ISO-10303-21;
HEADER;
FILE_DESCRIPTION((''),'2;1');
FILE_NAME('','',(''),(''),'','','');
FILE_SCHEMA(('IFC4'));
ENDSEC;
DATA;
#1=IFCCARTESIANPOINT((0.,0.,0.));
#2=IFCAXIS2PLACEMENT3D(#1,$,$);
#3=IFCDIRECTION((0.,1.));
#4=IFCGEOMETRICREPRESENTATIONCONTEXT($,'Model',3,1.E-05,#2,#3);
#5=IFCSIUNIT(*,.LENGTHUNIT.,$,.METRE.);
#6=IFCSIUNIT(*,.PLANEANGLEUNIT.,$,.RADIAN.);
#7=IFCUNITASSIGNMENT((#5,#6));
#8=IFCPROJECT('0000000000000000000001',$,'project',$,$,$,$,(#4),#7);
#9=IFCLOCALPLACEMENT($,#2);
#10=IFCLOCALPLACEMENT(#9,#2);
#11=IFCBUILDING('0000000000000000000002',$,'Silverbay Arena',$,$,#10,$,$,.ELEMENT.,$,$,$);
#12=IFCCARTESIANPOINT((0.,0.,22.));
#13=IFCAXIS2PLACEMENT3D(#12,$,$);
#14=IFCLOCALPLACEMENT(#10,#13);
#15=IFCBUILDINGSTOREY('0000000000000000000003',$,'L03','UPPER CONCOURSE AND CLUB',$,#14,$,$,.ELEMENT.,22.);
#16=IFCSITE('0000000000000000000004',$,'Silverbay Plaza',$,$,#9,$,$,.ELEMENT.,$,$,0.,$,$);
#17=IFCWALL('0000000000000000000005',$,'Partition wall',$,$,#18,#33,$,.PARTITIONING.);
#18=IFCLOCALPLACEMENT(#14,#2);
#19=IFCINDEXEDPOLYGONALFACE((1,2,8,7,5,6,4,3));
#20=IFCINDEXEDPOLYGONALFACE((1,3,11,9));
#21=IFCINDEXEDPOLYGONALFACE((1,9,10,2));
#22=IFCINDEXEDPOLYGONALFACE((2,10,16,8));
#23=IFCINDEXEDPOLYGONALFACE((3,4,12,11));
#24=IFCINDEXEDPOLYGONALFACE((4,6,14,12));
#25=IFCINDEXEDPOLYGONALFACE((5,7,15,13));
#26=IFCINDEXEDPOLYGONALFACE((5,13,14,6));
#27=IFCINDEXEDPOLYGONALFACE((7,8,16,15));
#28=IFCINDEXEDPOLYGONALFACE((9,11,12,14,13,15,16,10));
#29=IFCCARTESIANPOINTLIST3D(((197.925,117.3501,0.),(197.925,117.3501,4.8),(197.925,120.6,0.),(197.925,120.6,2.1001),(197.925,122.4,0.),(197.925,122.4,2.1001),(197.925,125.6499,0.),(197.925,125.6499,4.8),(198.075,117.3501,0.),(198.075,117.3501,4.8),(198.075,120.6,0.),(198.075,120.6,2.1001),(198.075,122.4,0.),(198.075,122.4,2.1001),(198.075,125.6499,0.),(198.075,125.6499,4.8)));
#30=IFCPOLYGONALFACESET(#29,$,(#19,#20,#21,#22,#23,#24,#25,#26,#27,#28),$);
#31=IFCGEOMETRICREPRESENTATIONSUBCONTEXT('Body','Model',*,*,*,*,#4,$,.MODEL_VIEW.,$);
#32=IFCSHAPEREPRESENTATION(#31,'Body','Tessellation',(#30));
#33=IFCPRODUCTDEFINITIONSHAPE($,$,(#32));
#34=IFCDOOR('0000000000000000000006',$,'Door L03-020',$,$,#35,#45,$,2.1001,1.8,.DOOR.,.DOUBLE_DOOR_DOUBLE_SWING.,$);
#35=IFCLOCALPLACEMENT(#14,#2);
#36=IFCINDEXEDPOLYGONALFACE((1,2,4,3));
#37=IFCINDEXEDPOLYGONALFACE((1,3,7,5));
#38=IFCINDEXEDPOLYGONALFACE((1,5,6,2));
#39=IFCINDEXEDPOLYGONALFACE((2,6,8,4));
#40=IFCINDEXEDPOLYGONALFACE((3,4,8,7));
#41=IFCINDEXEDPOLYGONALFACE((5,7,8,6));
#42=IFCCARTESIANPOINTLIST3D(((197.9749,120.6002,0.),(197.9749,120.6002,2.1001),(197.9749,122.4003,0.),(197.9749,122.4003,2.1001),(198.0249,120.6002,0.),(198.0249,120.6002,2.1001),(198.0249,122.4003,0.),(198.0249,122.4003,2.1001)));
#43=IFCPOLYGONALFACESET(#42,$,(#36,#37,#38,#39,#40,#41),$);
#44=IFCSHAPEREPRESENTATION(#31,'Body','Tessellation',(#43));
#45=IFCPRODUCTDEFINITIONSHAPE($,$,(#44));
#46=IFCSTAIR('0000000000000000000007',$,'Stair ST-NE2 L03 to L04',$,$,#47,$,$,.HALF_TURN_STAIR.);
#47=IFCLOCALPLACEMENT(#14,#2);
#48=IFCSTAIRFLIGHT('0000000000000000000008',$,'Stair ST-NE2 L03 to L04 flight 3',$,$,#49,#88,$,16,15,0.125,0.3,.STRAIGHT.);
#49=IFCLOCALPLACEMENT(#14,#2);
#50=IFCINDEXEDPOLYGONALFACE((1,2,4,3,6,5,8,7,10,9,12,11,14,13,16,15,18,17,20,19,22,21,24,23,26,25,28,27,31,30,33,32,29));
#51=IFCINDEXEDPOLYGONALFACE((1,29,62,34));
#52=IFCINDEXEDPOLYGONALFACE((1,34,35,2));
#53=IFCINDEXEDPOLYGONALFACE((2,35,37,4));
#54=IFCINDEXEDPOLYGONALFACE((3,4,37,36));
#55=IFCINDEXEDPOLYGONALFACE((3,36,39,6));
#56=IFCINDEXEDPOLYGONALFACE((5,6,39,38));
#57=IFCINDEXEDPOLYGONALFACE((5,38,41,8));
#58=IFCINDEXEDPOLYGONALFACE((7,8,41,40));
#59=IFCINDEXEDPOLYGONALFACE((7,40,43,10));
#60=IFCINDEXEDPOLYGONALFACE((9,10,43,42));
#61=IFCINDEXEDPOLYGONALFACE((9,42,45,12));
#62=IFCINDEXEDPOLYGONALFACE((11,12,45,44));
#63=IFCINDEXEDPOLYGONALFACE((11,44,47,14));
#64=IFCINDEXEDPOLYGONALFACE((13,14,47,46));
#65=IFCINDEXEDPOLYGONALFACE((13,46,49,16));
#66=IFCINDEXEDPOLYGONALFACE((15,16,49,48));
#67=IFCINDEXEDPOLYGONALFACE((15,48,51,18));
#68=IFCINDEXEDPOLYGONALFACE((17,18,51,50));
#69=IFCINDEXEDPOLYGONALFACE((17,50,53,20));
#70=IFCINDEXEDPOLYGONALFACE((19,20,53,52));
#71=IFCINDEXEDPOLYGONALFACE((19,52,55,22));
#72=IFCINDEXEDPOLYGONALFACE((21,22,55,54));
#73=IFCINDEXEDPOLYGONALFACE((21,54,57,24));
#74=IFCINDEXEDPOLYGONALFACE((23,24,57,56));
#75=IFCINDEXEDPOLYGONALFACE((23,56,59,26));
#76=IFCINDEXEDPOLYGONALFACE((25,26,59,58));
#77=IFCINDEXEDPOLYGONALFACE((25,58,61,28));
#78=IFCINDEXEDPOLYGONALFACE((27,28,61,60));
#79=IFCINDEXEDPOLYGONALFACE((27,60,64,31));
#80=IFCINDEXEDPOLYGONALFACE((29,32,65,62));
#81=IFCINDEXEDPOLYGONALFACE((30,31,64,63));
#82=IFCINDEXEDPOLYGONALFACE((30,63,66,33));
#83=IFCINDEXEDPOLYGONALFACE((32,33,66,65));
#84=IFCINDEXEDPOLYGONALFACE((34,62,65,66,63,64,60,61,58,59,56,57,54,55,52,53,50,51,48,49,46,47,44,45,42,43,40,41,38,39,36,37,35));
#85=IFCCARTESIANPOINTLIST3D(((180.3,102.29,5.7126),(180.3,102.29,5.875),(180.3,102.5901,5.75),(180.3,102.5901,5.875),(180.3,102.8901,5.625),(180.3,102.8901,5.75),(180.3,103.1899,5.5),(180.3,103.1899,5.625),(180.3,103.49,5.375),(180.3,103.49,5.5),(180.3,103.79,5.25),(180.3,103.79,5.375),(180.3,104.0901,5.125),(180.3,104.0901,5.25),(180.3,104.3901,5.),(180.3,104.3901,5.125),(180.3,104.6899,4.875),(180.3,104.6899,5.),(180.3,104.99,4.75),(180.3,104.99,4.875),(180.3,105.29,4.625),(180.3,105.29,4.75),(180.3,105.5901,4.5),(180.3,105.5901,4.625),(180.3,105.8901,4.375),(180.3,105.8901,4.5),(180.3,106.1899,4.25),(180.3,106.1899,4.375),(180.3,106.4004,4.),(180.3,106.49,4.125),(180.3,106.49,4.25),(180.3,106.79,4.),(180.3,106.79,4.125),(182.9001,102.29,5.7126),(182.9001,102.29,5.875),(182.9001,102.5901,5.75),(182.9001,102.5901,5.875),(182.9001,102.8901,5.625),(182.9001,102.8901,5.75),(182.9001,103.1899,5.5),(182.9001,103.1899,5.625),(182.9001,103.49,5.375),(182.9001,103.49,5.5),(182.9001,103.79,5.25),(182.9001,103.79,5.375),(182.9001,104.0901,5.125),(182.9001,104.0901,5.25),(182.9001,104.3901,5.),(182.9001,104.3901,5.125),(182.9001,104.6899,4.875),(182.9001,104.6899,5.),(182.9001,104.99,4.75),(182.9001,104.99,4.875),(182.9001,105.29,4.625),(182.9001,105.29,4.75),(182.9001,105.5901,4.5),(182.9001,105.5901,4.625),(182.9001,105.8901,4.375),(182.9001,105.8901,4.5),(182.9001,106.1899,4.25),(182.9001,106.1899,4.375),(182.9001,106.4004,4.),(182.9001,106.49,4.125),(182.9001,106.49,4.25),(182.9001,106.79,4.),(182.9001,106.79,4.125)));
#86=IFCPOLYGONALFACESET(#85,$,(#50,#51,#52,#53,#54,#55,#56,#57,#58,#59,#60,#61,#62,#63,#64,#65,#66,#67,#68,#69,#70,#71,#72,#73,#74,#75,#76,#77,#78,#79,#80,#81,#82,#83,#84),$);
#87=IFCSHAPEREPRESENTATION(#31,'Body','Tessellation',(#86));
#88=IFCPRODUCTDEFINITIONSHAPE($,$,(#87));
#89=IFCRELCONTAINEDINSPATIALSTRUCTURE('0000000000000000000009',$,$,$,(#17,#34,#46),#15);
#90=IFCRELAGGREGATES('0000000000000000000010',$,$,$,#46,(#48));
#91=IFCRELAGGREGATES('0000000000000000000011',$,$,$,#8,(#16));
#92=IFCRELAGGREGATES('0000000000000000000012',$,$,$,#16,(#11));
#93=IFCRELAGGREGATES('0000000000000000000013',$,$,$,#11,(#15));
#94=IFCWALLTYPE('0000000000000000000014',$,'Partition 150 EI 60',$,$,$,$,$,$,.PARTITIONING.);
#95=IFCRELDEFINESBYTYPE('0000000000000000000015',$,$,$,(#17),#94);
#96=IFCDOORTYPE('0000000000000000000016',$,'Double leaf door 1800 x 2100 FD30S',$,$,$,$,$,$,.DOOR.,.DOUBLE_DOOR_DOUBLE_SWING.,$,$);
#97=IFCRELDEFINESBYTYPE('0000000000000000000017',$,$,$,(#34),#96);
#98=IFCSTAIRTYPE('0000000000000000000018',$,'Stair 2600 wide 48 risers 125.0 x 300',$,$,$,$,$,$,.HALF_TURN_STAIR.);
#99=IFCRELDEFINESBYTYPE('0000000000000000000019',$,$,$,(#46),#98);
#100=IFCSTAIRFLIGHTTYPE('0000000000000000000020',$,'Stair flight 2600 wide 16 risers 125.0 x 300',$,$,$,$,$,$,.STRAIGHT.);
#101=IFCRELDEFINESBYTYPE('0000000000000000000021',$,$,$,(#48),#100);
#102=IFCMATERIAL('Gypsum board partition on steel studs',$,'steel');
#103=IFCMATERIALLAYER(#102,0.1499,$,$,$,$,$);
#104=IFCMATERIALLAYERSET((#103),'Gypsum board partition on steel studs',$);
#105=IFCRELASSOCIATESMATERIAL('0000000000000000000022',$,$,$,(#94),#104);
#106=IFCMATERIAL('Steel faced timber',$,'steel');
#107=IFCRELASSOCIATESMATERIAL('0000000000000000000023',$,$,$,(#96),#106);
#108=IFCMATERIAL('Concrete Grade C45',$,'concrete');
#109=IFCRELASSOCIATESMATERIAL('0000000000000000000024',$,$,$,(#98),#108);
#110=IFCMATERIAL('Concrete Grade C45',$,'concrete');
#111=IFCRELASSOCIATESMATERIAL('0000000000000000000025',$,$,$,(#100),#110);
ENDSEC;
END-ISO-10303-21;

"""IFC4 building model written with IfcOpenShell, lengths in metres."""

from ifc_helpers import new_model, si_unit, direction, frame, frame_2d, origin, place, context, subcontext, project, spatial, polyline, rectangle, outline, extrude, material, layer, layer_set, type_object, element, fill, aggregate, save


model = new_model("IFC4")

# Units and contexts
model_context = context("Model", 3, precision=1e-05, world=origin(), true_north=direction((0.0, 1.0)))
body_context = subcontext(model_context, "Body", "Model", "MODEL_VIEW")
ifc_project = project(units=[si_unit("LENGTHUNIT", "METRE"), si_unit("PLANEANGLEUNIT", "RADIAN")], contexts=[model_context])

# Site, building, storey
site_placement = place(None, origin())
site = spatial("IfcSite", under=ifc_project, at=site_placement, Name="Silverbay Plaza", CompositionType="ELEMENT", RefElevation=0.0)
building_placement = place(site_placement, origin())
building = spatial("IfcBuilding", under=site, at=building_placement, Name="Silverbay Arena", CompositionType="ELEMENT")
storey_placement = place(building_placement, frame((0.0, 0.0, 22.0)))
storey = spatial("IfcBuildingStorey", under=building, at=storey_placement, Name="L03", Description="UPPER CONCOURSE AND CLUB", CompositionType="ELEMENT", Elevation=22.0)

# Wall, opening, door
ifc_material_1 = material(Name="Gypsum board partition on steel studs", Category="steel")
ifc_layer_1 = layer(ifc_material_1, 0.1499)
ifc_layer_set_1 = layer_set([ifc_layer_1], Name="Gypsum board partition on steel studs")
wall_type_1 = type_object("IfcWallType", Name="Partition 150 EI 60", PredefinedType="PARTITIONING", material=ifc_layer_set_1)
ifc_material_2 = material(Name="Steel faced timber", Category="steel")
door_type_1 = type_object("IfcDoorType", Name="Double leaf door 1800 x 2100 FD30S", OperationType="DOUBLE_DOOR_DOUBLE_SWING", PredefinedType="DOOR", material=ifc_material_2)
wall_1_placement = place(storey_placement, frame((198.0, 117.3501, 0.0), z_axis=(0.0, 0.0, 1.0), x_axis=(0.0, 1.0, 0.0)))
wall_1 = element("IfcWall", 1, at=wall_1_placement, inside=storey, type_object=wall_type_1, Name="Partition wall", PredefinedType="PARTITIONING", context=body_context, shape_type="SweptSolid", body=[
    extrude(rectangle(XDim=8.2998, YDim=0.1499, at=frame_2d((4.1499, 0.0))), origin(), (0.0, 0.0, 1.0), 4.8),
])
opening_1_placement = place(wall_1_placement, frame((3.25, 0.0, 0.0)))
opening_1 = element("IfcOpeningElement", 2, at=opening_1_placement, cuts=wall_1, PredefinedType="OPENING", context=body_context, shape_type="SweptSolid", body=[
    extrude(rectangle(XDim=1.8, YDim=2.1001, at=frame_2d((0.8999, 1.05))), frame((0.0, 0.085, 0.0), z_axis=(0.0, -1.0, 0.0), x_axis=(1.0, 0.0, 0.0)), (0.0, 0.0, 1.0), 0.1699),
])
door_1_placement = place(opening_1_placement, frame((1.8, 0.0, 0.0), z_axis=(0.0, 0.0, 1.0), x_axis=(-1.0, 0.0, 0.0)))
door_1 = element("IfcDoor", 3, at=door_1_placement, inside=storey, type_object=door_type_1, Name="Door L03-020", OperationType="DOUBLE_DOOR_DOUBLE_SWING", OverallHeight=2.1001, OverallWidth=1.8, PredefinedType="DOOR", context=body_context, shape_type="SweptSolid", body=[
    extrude(rectangle(XDim=1.8, YDim=2.1001, at=frame_2d((0.8999, 1.05))), frame((0.0, 0.0249, 0.0), z_axis=(0.0, -1.0, 0.0), x_axis=(1.0, 0.0, 0.0)), (0.0, 0.0, 1.0), 0.05),
])
fill(opening_1, door_1)

# Stair, stair flight
ifc_material_3 = material(Name="Concrete Grade C45", Category="concrete")
stair_type = type_object("IfcStairType", Name="Stair 2600 wide 48 risers 125.0 x 300", PredefinedType="HALF_TURN_STAIR", material=ifc_material_3)
stair_placement = place(storey_placement, origin())
stair = element("IfcStair", 4, at=stair_placement, inside=storey, type_object=stair_type, Name="Stair ST-NE2 L03 to L04", PredefinedType="HALF_TURN_STAIR")
ifc_material_4 = material(Name="Concrete Grade C45", Category="concrete")
stair_flight_type = type_object("IfcStairFlightType", Name="Stair flight 2600 wide 16 risers 125.0 x 300", PredefinedType="STRAIGHT", material=ifc_material_4)
stair_flight_placement = place(storey_placement, frame((181.6001, 106.79, 4.0), z_axis=(0.0, 0.0, 1.0), x_axis=(0.0, -1.0, 0.0)))
stair_flight = element("IfcStairFlight", 5, at=stair_flight_placement, type_object=stair_flight_type, Name="Stair ST-NE2 L03 to L04 flight 3", NumberOfRisers=16, NumberOfTreads=15, PredefinedType="STRAIGHT", RiserHeight=0.125, TreadLength=0.3, context=body_context, shape_type="SweptSolid", body=[
    extrude(outline(polyline([(0.0, 0.0), (0.0, 0.125), (0.3, 0.125), (0.3, 0.25), (0.6001, 0.25), (0.6001, 0.375), (0.8999, 0.375), (0.8999, 0.5), (1.2, 0.5), (1.2, 0.625), (1.5, 0.625), (1.5, 0.75), (1.8, 0.75), (1.8, 0.875), (2.1001, 0.875), (2.1001, 1.0), (2.3999, 1.0), (2.3999, 1.125), (2.7, 1.125), (2.7, 1.25), (3.0, 1.25), (3.0, 1.375), (3.3, 1.375), (3.3, 1.5), (3.6001, 1.5), (3.6001, 1.625), (3.8999, 1.625), (3.8999, 1.75), (4.2, 1.75), (4.2, 1.875), (4.5, 1.875), (4.5, 1.7126), (0.3896, 0.0), (0.0, 0.0)])), frame((0.0, 1.3, 0.0), z_axis=(0.0, -1.0, 0.0), x_axis=(1.0, 0.0, 0.0)), (0.0, 0.0, 1.0), 2.6001),
])
aggregate(stair, [stair_flight])

save(model, "model.ifc")
